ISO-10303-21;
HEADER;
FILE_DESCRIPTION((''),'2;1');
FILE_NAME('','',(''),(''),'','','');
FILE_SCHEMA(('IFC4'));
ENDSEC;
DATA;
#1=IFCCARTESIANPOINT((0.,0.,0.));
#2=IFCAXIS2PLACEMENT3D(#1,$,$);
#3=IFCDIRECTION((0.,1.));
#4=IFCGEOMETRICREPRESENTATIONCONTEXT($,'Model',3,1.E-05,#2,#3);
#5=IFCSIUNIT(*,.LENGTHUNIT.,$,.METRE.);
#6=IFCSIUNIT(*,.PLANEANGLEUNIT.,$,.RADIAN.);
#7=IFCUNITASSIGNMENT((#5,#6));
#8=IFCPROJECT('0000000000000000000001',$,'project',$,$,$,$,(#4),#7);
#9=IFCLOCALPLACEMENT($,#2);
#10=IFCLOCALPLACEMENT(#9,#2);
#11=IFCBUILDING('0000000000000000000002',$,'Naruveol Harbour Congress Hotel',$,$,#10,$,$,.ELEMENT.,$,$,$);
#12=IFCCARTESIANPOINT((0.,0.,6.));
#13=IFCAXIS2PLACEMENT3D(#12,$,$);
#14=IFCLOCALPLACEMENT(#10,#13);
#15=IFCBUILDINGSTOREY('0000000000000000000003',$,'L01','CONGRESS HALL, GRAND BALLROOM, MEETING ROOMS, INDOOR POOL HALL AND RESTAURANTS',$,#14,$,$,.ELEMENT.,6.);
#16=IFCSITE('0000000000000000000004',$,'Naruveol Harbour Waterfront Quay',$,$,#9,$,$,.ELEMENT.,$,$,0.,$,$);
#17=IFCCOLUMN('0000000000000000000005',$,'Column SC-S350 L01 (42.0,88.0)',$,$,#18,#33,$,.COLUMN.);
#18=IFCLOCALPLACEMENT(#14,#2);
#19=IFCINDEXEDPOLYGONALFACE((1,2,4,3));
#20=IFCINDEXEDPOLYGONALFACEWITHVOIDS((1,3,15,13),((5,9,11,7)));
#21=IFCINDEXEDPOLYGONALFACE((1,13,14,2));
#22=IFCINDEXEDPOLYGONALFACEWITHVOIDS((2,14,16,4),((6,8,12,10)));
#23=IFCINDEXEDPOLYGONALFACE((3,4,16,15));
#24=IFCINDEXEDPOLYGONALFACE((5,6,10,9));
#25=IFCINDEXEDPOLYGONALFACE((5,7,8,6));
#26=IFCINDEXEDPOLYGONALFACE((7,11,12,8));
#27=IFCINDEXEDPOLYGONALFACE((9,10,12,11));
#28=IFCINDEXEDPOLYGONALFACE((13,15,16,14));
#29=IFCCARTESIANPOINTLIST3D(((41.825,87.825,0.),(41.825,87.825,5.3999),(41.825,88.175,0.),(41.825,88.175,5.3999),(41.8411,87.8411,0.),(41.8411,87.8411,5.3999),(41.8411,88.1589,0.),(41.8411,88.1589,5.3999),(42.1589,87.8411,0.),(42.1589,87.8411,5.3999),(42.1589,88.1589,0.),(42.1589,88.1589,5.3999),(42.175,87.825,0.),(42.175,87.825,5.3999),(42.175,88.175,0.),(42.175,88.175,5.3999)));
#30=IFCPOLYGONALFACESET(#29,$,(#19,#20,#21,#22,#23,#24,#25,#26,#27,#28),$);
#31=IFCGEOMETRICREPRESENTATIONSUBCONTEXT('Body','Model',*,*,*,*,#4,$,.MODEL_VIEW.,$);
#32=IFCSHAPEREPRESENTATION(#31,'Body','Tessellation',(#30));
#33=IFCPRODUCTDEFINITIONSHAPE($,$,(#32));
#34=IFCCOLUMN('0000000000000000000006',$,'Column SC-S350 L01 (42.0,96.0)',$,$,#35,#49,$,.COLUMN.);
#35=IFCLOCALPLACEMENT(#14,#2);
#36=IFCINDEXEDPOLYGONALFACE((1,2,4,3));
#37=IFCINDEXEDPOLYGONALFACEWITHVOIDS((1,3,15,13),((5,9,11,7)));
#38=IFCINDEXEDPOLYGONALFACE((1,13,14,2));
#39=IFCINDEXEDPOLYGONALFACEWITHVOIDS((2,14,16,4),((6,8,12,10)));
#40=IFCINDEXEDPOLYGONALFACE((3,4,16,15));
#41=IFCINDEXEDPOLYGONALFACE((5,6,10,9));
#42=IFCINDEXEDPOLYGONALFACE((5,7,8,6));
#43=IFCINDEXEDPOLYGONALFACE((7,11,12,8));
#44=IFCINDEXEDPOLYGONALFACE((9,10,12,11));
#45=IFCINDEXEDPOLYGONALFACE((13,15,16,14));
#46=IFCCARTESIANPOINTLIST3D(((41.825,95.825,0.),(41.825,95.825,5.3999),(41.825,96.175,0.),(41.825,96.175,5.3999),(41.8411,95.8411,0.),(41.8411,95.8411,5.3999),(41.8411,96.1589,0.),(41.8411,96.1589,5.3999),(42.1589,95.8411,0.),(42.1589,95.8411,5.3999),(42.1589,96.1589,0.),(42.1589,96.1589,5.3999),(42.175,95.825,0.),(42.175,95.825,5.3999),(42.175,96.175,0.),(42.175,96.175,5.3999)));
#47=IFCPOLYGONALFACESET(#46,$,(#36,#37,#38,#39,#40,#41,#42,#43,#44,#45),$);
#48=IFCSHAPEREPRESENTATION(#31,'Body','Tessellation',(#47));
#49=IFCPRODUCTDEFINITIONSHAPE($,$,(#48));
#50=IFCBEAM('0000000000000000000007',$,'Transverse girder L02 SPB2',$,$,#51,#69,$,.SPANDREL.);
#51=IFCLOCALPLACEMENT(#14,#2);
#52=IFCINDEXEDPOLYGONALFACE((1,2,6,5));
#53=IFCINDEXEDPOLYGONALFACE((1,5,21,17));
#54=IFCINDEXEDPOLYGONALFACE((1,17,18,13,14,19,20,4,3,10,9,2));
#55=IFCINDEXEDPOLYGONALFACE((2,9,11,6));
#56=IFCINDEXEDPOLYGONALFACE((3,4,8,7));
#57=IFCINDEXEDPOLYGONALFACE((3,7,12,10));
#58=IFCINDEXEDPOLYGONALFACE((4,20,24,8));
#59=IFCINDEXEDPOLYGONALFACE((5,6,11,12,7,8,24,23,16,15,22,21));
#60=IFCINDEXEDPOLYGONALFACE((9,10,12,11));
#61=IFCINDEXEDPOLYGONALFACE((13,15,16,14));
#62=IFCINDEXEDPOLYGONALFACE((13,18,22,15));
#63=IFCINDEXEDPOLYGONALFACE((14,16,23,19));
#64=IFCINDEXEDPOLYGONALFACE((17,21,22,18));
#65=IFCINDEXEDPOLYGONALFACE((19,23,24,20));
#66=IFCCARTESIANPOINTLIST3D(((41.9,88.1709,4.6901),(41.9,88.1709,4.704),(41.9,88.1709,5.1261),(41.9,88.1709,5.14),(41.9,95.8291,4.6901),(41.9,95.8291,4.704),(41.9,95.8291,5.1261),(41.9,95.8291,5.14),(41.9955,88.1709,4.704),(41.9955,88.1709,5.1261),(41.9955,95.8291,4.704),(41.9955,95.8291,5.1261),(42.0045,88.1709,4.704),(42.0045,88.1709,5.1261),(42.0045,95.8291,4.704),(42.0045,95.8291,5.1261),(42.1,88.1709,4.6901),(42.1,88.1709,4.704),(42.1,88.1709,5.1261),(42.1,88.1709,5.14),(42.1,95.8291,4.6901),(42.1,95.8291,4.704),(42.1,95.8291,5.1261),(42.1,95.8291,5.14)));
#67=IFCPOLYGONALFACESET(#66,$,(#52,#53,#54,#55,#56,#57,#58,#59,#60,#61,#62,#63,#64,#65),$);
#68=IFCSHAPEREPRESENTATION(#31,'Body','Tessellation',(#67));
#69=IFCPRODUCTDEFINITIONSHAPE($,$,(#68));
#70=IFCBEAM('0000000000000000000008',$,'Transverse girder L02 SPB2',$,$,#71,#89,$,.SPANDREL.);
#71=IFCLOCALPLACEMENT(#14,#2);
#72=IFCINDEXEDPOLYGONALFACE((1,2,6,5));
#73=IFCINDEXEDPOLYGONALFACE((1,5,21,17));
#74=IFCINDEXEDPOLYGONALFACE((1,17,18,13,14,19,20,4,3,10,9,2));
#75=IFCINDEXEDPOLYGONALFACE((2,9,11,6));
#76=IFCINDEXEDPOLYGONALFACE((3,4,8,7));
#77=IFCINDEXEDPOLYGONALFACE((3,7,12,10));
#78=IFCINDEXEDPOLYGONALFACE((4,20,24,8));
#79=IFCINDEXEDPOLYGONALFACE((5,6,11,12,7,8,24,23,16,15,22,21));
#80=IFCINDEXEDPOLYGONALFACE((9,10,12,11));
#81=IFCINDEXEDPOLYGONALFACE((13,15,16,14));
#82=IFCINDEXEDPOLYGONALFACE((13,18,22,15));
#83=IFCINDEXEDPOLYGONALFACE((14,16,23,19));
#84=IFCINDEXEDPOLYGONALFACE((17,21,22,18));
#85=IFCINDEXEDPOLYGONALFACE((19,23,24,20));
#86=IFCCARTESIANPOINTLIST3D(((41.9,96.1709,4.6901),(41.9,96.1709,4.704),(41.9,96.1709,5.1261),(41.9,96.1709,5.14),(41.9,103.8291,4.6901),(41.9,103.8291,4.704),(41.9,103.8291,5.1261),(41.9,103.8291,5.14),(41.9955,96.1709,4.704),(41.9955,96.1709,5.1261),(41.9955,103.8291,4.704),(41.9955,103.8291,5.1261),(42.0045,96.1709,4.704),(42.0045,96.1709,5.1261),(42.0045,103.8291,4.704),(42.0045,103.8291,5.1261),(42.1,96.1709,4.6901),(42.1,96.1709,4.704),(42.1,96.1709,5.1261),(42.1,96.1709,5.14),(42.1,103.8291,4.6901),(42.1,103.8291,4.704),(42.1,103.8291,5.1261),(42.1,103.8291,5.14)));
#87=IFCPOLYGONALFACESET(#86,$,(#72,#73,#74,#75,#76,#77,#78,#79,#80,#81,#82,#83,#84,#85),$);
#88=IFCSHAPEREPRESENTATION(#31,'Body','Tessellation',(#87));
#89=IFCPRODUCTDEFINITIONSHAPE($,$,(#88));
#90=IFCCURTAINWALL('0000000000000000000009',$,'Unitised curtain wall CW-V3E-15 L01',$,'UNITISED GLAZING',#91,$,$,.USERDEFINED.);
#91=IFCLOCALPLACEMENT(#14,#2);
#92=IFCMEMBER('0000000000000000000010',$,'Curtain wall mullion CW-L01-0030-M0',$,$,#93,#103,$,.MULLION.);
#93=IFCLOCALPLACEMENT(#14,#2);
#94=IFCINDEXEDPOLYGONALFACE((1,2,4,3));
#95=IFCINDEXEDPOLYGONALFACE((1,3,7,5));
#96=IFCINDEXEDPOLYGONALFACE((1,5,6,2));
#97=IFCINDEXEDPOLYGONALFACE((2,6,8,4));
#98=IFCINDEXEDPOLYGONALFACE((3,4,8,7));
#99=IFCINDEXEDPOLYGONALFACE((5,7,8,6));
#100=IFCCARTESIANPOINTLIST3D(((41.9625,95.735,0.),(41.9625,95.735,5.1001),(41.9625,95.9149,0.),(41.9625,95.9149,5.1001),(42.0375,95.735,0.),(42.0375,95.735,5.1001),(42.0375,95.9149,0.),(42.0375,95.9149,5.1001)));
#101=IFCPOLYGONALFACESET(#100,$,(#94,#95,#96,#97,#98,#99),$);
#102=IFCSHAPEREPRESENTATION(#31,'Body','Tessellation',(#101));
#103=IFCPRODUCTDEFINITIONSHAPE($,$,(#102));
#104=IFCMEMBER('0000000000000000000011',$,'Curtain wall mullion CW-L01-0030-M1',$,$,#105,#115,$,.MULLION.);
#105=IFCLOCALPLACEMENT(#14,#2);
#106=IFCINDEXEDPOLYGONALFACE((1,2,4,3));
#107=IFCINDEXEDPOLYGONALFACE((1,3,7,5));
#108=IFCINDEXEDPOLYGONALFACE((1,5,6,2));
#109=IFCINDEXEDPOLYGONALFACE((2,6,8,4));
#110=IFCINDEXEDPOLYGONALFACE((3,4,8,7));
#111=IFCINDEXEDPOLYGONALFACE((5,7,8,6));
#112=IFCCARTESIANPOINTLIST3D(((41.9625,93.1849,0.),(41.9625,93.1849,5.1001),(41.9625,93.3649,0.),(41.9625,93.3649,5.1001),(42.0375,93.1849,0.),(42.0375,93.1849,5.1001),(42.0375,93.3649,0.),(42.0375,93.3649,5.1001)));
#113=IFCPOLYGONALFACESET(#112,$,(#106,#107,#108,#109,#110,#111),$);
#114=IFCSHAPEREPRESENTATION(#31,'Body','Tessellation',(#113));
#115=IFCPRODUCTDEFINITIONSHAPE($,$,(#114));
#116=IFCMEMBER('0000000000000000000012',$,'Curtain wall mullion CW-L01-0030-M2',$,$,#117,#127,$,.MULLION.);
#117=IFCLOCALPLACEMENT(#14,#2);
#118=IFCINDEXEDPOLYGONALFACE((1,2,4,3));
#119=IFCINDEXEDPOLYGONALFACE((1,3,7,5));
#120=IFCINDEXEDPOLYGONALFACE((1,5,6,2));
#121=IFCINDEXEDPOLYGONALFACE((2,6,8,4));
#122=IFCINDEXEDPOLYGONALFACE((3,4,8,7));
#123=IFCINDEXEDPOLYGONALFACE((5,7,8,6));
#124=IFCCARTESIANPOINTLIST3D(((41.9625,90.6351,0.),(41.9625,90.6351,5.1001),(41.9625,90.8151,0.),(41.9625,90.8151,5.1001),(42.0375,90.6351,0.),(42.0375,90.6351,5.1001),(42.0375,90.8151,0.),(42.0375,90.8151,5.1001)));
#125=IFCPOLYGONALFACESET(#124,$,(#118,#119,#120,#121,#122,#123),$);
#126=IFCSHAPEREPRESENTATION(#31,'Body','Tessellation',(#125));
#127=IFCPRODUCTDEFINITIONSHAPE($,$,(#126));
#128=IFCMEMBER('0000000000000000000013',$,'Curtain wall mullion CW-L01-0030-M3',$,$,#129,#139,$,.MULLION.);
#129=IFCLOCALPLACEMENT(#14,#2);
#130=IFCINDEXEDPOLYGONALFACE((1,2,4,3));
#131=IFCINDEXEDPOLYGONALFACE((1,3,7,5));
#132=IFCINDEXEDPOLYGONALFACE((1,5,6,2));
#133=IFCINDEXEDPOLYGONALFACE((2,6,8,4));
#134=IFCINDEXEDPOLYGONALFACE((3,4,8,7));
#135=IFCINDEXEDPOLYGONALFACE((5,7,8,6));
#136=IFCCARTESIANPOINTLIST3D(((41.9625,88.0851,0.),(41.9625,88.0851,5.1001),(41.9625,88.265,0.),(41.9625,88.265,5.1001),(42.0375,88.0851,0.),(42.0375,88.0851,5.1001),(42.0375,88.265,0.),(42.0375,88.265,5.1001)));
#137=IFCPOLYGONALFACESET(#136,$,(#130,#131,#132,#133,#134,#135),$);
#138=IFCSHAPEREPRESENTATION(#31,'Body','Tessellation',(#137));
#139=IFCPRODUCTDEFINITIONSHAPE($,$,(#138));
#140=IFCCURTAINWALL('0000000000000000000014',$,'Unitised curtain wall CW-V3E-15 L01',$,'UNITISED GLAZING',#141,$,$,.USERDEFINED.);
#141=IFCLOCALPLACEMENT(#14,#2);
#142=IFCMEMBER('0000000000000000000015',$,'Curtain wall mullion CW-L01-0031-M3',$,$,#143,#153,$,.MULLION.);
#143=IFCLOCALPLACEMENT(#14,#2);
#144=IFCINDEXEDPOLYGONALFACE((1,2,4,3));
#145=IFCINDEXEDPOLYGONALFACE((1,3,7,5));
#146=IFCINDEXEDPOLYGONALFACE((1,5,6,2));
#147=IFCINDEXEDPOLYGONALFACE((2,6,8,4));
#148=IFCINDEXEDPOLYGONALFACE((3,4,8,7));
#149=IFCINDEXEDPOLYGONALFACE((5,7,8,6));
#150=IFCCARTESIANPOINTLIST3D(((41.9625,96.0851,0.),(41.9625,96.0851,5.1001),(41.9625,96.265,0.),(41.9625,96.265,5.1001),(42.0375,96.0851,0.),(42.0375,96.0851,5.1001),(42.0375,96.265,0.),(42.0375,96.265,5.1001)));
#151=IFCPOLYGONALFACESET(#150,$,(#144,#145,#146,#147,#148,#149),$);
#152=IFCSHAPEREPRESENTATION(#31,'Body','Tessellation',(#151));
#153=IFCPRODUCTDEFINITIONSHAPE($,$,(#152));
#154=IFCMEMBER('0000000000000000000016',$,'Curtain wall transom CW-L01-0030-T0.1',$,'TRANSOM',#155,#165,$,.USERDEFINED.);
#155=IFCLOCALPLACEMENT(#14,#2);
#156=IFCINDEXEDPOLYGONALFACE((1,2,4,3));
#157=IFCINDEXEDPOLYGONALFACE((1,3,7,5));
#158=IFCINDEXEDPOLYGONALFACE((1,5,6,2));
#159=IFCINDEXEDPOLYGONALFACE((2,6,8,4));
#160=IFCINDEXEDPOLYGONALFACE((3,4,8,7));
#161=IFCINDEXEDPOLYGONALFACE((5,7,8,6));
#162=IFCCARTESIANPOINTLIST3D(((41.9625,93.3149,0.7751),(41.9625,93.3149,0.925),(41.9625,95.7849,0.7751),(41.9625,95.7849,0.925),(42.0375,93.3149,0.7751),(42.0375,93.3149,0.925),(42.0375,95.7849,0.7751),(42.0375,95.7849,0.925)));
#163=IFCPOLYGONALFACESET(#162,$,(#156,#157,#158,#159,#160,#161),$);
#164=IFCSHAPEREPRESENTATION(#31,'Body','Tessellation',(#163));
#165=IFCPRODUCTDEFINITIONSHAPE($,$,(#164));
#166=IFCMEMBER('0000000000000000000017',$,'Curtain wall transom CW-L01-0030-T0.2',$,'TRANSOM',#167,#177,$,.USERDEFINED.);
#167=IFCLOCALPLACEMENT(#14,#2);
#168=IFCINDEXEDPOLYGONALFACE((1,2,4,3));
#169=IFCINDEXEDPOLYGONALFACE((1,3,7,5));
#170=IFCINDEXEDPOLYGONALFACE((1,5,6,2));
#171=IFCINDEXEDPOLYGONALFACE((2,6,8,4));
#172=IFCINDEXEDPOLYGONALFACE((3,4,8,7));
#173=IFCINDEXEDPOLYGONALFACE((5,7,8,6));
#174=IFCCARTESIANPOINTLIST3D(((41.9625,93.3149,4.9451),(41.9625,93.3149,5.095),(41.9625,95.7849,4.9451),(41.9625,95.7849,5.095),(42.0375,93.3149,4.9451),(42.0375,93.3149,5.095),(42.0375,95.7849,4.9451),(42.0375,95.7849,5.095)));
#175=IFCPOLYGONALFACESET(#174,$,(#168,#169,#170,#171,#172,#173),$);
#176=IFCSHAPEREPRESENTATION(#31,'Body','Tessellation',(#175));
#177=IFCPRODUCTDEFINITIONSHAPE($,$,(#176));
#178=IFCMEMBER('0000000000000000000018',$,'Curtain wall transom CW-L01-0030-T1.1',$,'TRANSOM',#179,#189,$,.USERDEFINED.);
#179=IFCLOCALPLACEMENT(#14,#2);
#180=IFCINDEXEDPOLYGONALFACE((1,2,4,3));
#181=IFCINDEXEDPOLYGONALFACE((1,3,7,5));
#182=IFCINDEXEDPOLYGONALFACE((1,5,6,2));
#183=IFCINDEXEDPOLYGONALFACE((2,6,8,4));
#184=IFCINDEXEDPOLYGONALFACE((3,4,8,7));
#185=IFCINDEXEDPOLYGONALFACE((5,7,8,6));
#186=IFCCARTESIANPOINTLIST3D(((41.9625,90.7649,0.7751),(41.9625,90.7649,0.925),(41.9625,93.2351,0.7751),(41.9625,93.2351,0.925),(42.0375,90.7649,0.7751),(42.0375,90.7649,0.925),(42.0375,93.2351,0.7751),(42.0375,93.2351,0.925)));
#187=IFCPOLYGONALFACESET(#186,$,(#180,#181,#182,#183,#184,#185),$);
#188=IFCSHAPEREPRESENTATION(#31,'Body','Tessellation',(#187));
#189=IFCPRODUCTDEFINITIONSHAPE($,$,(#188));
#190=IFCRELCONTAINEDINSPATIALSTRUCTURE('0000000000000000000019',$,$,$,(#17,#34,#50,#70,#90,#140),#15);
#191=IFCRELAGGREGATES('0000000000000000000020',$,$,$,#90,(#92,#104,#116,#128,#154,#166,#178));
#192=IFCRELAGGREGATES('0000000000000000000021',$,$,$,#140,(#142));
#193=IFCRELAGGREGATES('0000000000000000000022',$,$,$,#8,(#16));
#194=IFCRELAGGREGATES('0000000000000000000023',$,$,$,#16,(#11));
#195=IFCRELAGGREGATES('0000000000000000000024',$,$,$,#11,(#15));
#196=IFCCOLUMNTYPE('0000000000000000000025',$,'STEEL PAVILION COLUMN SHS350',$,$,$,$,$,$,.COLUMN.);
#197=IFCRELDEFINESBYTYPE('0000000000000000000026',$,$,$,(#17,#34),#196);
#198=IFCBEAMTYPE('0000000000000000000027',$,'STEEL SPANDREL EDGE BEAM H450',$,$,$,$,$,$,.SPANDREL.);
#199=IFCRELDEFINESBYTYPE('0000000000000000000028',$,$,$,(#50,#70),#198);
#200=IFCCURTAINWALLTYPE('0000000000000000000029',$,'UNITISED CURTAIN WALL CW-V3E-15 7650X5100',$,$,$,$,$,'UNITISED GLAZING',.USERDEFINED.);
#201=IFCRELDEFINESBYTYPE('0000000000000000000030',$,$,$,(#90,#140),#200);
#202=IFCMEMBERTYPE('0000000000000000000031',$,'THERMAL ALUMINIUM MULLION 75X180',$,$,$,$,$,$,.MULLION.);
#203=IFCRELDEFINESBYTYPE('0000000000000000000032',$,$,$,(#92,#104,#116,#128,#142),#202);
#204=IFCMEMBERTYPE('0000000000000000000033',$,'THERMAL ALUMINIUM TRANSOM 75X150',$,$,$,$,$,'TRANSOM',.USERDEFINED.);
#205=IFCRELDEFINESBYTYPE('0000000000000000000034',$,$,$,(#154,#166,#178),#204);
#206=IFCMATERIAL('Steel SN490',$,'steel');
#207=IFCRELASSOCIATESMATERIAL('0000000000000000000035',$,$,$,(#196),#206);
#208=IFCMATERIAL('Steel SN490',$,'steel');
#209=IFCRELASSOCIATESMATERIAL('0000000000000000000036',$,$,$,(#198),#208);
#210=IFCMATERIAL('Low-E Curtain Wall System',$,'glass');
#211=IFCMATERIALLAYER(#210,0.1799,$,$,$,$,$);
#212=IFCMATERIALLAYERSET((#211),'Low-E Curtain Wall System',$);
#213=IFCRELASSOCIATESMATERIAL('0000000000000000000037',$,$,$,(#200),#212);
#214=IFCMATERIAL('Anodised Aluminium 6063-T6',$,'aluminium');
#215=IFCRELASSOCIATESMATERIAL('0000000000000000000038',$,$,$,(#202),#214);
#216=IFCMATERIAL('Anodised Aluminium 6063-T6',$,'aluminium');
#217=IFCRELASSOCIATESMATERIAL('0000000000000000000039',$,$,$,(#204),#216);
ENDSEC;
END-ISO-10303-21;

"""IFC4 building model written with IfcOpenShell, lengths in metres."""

from ifc_helpers import new_model, si_unit, direction, frame, origin, origin_2d, place, context, subcontext, project, spatial, rectangle, hollow_rectangle, i_section, extrude, material, layer, layer_set, material_profile, profile_set, type_object, element, aggregate, save


model = new_model("IFC4")

# Units and contexts
model_context = context("Model", 3, precision=1e-05, world=origin(), true_north=direction((0.0, 1.0)))
body_context = subcontext(model_context, "Body", "Model", "MODEL_VIEW")
ifc_project = project(units=[si_unit("LENGTHUNIT", "METRE"), si_unit("PLANEANGLEUNIT", "RADIAN")], contexts=[model_context])

# Site, building, storey
site_placement = place(None, origin())
site = spatial("IfcSite", under=ifc_project, at=site_placement, Name="Naruveol Harbour Waterfront Quay", CompositionType="ELEMENT", RefElevation=0.0)
building_placement = place(site_placement, origin())
building = spatial("IfcBuilding", under=site, at=building_placement, Name="Naruveol Harbour Congress Hotel", CompositionType="ELEMENT")
storey_placement = place(building_placement, frame((0.0, 0.0, 6.0)))
storey = spatial("IfcBuildingStorey", under=building, at=storey_placement, Name="L01", Description="CONGRESS HALL, GRAND BALLROOM, MEETING ROOMS, INDOOR POOL HALL AND RESTAURANTS", CompositionType="ELEMENT", Elevation=6.0)

# Columns
ifc_material_1 = material(Name="Steel SN490", Category="steel")
ifc_material_profile_1 = material_profile(ifc_material_1, hollow_rectangle(XDim=0.3501, YDim=0.3501, WallThickness=0.0161, at=origin_2d()), Name="SHS-350x350x16")
ifc_profile_set_1 = profile_set([ifc_material_profile_1], Name="Steel SN490")
column_type = type_object("IfcColumnType", Name="STEEL PAVILION COLUMN SHS350", PredefinedType="COLUMN", material=ifc_profile_set_1)
for number, where, z_axis, x_axis, name in (
    (1, (42.0, 88.0, 0.0), (0.0, 0.0, 1.0), (1.0, 0.0, 0.0), "Column SC-S350 L01 (42.0,88.0)"),
    (2, (42.0, 96.0, 0.0), (0.0, 0.0, 1.0), (1.0, 0.0, 0.0), "Column SC-S350 L01 (42.0,96.0)"),
):
    element("IfcColumn", number, at=place(storey_placement, frame(where, z_axis=z_axis, x_axis=x_axis)), inside=storey, type_object=column_type, Name=name, PredefinedType="COLUMN", context=body_context, shape_type="SweptSolid", body=[
        extrude(hollow_rectangle(XDim=0.3501, YDim=0.3501, WallThickness=0.0161, at=origin_2d()), origin(), (0.0, 0.0, 1.0), 5.3999),
    ])

# Beams
ifc_material_2 = material(Name="Steel SN490", Category="steel")
ifc_material_profile_2 = material_profile(ifc_material_2, i_section(OverallWidth=0.2, OverallDepth=0.45, WebThickness=0.009, FlangeThickness=0.0139, at=origin_2d()), Name="H-450x200x9x14")
ifc_profile_set_2 = profile_set([ifc_material_profile_2], Name="Steel SN490")
beam_type = type_object("IfcBeamType", Name="STEEL SPANDREL EDGE BEAM H450", PredefinedType="SPANDREL", material=ifc_profile_set_2)
for number, where, z_axis, x_axis, name in (
    (3, (42.0, 88.1709, 4.915), (0.0, 1.0, 0.0), (-1.0, 0.0, 0.0), "Transverse girder L02 SPB2"),
    (4, (42.0, 96.1709, 4.915), (0.0, 1.0, 0.0), (-1.0, 0.0, 0.0), "Transverse girder L02 SPB2"),
):
    element("IfcBeam", number, at=place(storey_placement, frame(where, z_axis=z_axis, x_axis=x_axis)), inside=storey, type_object=beam_type, Name=name, PredefinedType="SPANDREL", context=body_context, shape_type="SweptSolid", body=[
        extrude(i_section(OverallWidth=0.2, OverallDepth=0.45, WebThickness=0.009, FlangeThickness=0.0139, at=origin_2d()), origin(), (0.0, 0.0, 1.0), 7.6582),
    ])

# Curtain wall, members
ifc_material_3 = material(Name="Low-E Curtain Wall System", Category="glass")
ifc_layer_1 = layer(ifc_material_3, 0.1799)
ifc_layer_set_1 = layer_set([ifc_layer_1], Name="Low-E Curtain Wall System")
curtain_wall_type_1 = type_object("IfcCurtainWallType", Name="UNITISED CURTAIN WALL CW-V3E-15 7650X5100", ElementType="UNITISED GLAZING", PredefinedType="USERDEFINED", material=ifc_layer_set_1)
curtain_wall_1_placement = place(storey_placement, origin())
curtain_wall_1 = element("IfcCurtainWall", 5, at=curtain_wall_1_placement, inside=storey, type_object=curtain_wall_type_1, Name="Unitised curtain wall CW-V3E-15 L01", ObjectType="UNITISED GLAZING", PredefinedType="USERDEFINED")
ifc_material_4 = material(Name="Anodised Aluminium 6063-T6", Category="aluminium")
ifc_material_profile_3 = material_profile(ifc_material_4, rectangle(XDim=0.075, YDim=0.1799, at=origin_2d()), Name="ALU-75x180")
ifc_profile_set_3 = profile_set([ifc_material_profile_3], Name="Anodised Aluminium 6063-T6")
member_type_1 = type_object("IfcMemberType", Name="THERMAL ALUMINIUM MULLION 75X180", PredefinedType="MULLION", material=ifc_profile_set_3)
member_1_placement = place(storey_placement, frame((42.0, 95.825, 0.0), z_axis=(0.0, 0.0, 1.0), x_axis=(1.0, 0.0, 0.0)))
member_1 = element("IfcMember", 6, at=member_1_placement, type_object=member_type_1, Name="Curtain wall mullion CW-L01-0030-M0", PredefinedType="MULLION", context=body_context, shape_type="SweptSolid", body=[
    extrude(rectangle(XDim=0.075, YDim=0.1799, at=origin_2d()), origin(), (0.0, 0.0, 1.0), 5.1001),
])
member_2_placement = place(storey_placement, frame((42.0, 93.2749, 0.0), z_axis=(0.0, 0.0, 1.0), x_axis=(1.0, 0.0, 0.0)))
member_2 = element("IfcMember", 7, at=member_2_placement, type_object=member_type_1, Name="Curtain wall mullion CW-L01-0030-M1", PredefinedType="MULLION", context=body_context, shape_type="SweptSolid", body=[
    extrude(rectangle(XDim=0.075, YDim=0.1799, at=origin_2d()), origin(), (0.0, 0.0, 1.0), 5.1001),
])
member_3_placement = place(storey_placement, frame((42.0, 90.7251, 0.0), z_axis=(0.0, 0.0, 1.0), x_axis=(1.0, 0.0, 0.0)))
member_3 = element("IfcMember", 8, at=member_3_placement, type_object=member_type_1, Name="Curtain wall mullion CW-L01-0030-M2", PredefinedType="MULLION", context=body_context, shape_type="SweptSolid", body=[
    extrude(rectangle(XDim=0.075, YDim=0.1799, at=origin_2d()), origin(), (0.0, 0.0, 1.0), 5.1001),
])
member_4_placement = place(storey_placement, frame((42.0, 88.175, 0.0), z_axis=(0.0, 0.0, 1.0), x_axis=(1.0, 0.0, 0.0)))
member_4 = element("IfcMember", 9, at=member_4_placement, type_object=member_type_1, Name="Curtain wall mullion CW-L01-0030-M3", PredefinedType="MULLION", context=body_context, shape_type="SweptSolid", body=[
    extrude(rectangle(XDim=0.075, YDim=0.1799, at=origin_2d()), origin(), (0.0, 0.0, 1.0), 5.1001),
])

# Curtain wall, member
curtain_wall_2_placement = place(storey_placement, origin())
curtain_wall_2 = element("IfcCurtainWall", 10, at=curtain_wall_2_placement, inside=storey, type_object=curtain_wall_type_1, Name="Unitised curtain wall CW-V3E-15 L01", ObjectType="UNITISED GLAZING", PredefinedType="USERDEFINED")
member_5_placement = place(storey_placement, frame((42.0, 96.175, 0.0), z_axis=(0.0, 0.0, 1.0), x_axis=(1.0, 0.0, 0.0)))
member_5 = element("IfcMember", 11, at=member_5_placement, type_object=member_type_1, Name="Curtain wall mullion CW-L01-0031-M3", PredefinedType="MULLION", context=body_context, shape_type="SweptSolid", body=[
    extrude(rectangle(XDim=0.075, YDim=0.1799, at=origin_2d()), origin(), (0.0, 0.0, 1.0), 5.1001),
])

# Members
ifc_material_5 = material(Name="Anodised Aluminium 6063-T6", Category="aluminium")
ifc_material_profile_4 = material_profile(ifc_material_5, rectangle(XDim=0.075, YDim=0.1499, at=origin_2d()), Name="ALU-75x150")
ifc_profile_set_4 = profile_set([ifc_material_profile_4], Name="Anodised Aluminium 6063-T6")
member_type_2 = type_object("IfcMemberType", Name="THERMAL ALUMINIUM TRANSOM 75X150", ElementType="TRANSOM", PredefinedType="USERDEFINED", material=ifc_profile_set_4)
member_6_placement = place(storey_placement, frame((42.0, 95.7849, 0.8501), z_axis=(0.0, -1.0, 0.0), x_axis=(1.0, 0.0, 0.0)))
member_6 = element("IfcMember", 12, at=member_6_placement, type_object=member_type_2, Name="Curtain wall transom CW-L01-0030-T0.1", ObjectType="TRANSOM", PredefinedType="USERDEFINED", context=body_context, shape_type="SweptSolid", body=[
    extrude(rectangle(XDim=0.075, YDim=0.1499, at=origin_2d()), origin(), (0.0, 0.0, 1.0), 2.47),
])
member_7_placement = place(storey_placement, frame((42.0, 95.7849, 5.02), z_axis=(0.0, -1.0, 0.0), x_axis=(1.0, 0.0, 0.0)))
member_7 = element("IfcMember", 13, at=member_7_placement, type_object=member_type_2, Name="Curtain wall transom CW-L01-0030-T0.2", ObjectType="TRANSOM", PredefinedType="USERDEFINED", context=body_context, shape_type="SweptSolid", body=[
    extrude(rectangle(XDim=0.075, YDim=0.1499, at=origin_2d()), origin(), (0.0, 0.0, 1.0), 2.47),
])
member_8_placement = place(storey_placement, frame((42.0, 93.2351, 0.8501), z_axis=(0.0, -1.0, 0.0), x_axis=(1.0, 0.0, 0.0)))
member_8 = element("IfcMember", 14, at=member_8_placement, type_object=member_type_2, Name="Curtain wall transom CW-L01-0030-T1.1", ObjectType="TRANSOM", PredefinedType="USERDEFINED", context=body_context, shape_type="SweptSolid", body=[
    extrude(rectangle(XDim=0.075, YDim=0.1499, at=origin_2d()), origin(), (0.0, 0.0, 1.0), 2.4702),
])

aggregate(curtain_wall_1, [member_1, member_2, member_3, member_4, member_6, member_7, member_8])
aggregate(curtain_wall_2, [member_5])

save(model, "model.ifc")
